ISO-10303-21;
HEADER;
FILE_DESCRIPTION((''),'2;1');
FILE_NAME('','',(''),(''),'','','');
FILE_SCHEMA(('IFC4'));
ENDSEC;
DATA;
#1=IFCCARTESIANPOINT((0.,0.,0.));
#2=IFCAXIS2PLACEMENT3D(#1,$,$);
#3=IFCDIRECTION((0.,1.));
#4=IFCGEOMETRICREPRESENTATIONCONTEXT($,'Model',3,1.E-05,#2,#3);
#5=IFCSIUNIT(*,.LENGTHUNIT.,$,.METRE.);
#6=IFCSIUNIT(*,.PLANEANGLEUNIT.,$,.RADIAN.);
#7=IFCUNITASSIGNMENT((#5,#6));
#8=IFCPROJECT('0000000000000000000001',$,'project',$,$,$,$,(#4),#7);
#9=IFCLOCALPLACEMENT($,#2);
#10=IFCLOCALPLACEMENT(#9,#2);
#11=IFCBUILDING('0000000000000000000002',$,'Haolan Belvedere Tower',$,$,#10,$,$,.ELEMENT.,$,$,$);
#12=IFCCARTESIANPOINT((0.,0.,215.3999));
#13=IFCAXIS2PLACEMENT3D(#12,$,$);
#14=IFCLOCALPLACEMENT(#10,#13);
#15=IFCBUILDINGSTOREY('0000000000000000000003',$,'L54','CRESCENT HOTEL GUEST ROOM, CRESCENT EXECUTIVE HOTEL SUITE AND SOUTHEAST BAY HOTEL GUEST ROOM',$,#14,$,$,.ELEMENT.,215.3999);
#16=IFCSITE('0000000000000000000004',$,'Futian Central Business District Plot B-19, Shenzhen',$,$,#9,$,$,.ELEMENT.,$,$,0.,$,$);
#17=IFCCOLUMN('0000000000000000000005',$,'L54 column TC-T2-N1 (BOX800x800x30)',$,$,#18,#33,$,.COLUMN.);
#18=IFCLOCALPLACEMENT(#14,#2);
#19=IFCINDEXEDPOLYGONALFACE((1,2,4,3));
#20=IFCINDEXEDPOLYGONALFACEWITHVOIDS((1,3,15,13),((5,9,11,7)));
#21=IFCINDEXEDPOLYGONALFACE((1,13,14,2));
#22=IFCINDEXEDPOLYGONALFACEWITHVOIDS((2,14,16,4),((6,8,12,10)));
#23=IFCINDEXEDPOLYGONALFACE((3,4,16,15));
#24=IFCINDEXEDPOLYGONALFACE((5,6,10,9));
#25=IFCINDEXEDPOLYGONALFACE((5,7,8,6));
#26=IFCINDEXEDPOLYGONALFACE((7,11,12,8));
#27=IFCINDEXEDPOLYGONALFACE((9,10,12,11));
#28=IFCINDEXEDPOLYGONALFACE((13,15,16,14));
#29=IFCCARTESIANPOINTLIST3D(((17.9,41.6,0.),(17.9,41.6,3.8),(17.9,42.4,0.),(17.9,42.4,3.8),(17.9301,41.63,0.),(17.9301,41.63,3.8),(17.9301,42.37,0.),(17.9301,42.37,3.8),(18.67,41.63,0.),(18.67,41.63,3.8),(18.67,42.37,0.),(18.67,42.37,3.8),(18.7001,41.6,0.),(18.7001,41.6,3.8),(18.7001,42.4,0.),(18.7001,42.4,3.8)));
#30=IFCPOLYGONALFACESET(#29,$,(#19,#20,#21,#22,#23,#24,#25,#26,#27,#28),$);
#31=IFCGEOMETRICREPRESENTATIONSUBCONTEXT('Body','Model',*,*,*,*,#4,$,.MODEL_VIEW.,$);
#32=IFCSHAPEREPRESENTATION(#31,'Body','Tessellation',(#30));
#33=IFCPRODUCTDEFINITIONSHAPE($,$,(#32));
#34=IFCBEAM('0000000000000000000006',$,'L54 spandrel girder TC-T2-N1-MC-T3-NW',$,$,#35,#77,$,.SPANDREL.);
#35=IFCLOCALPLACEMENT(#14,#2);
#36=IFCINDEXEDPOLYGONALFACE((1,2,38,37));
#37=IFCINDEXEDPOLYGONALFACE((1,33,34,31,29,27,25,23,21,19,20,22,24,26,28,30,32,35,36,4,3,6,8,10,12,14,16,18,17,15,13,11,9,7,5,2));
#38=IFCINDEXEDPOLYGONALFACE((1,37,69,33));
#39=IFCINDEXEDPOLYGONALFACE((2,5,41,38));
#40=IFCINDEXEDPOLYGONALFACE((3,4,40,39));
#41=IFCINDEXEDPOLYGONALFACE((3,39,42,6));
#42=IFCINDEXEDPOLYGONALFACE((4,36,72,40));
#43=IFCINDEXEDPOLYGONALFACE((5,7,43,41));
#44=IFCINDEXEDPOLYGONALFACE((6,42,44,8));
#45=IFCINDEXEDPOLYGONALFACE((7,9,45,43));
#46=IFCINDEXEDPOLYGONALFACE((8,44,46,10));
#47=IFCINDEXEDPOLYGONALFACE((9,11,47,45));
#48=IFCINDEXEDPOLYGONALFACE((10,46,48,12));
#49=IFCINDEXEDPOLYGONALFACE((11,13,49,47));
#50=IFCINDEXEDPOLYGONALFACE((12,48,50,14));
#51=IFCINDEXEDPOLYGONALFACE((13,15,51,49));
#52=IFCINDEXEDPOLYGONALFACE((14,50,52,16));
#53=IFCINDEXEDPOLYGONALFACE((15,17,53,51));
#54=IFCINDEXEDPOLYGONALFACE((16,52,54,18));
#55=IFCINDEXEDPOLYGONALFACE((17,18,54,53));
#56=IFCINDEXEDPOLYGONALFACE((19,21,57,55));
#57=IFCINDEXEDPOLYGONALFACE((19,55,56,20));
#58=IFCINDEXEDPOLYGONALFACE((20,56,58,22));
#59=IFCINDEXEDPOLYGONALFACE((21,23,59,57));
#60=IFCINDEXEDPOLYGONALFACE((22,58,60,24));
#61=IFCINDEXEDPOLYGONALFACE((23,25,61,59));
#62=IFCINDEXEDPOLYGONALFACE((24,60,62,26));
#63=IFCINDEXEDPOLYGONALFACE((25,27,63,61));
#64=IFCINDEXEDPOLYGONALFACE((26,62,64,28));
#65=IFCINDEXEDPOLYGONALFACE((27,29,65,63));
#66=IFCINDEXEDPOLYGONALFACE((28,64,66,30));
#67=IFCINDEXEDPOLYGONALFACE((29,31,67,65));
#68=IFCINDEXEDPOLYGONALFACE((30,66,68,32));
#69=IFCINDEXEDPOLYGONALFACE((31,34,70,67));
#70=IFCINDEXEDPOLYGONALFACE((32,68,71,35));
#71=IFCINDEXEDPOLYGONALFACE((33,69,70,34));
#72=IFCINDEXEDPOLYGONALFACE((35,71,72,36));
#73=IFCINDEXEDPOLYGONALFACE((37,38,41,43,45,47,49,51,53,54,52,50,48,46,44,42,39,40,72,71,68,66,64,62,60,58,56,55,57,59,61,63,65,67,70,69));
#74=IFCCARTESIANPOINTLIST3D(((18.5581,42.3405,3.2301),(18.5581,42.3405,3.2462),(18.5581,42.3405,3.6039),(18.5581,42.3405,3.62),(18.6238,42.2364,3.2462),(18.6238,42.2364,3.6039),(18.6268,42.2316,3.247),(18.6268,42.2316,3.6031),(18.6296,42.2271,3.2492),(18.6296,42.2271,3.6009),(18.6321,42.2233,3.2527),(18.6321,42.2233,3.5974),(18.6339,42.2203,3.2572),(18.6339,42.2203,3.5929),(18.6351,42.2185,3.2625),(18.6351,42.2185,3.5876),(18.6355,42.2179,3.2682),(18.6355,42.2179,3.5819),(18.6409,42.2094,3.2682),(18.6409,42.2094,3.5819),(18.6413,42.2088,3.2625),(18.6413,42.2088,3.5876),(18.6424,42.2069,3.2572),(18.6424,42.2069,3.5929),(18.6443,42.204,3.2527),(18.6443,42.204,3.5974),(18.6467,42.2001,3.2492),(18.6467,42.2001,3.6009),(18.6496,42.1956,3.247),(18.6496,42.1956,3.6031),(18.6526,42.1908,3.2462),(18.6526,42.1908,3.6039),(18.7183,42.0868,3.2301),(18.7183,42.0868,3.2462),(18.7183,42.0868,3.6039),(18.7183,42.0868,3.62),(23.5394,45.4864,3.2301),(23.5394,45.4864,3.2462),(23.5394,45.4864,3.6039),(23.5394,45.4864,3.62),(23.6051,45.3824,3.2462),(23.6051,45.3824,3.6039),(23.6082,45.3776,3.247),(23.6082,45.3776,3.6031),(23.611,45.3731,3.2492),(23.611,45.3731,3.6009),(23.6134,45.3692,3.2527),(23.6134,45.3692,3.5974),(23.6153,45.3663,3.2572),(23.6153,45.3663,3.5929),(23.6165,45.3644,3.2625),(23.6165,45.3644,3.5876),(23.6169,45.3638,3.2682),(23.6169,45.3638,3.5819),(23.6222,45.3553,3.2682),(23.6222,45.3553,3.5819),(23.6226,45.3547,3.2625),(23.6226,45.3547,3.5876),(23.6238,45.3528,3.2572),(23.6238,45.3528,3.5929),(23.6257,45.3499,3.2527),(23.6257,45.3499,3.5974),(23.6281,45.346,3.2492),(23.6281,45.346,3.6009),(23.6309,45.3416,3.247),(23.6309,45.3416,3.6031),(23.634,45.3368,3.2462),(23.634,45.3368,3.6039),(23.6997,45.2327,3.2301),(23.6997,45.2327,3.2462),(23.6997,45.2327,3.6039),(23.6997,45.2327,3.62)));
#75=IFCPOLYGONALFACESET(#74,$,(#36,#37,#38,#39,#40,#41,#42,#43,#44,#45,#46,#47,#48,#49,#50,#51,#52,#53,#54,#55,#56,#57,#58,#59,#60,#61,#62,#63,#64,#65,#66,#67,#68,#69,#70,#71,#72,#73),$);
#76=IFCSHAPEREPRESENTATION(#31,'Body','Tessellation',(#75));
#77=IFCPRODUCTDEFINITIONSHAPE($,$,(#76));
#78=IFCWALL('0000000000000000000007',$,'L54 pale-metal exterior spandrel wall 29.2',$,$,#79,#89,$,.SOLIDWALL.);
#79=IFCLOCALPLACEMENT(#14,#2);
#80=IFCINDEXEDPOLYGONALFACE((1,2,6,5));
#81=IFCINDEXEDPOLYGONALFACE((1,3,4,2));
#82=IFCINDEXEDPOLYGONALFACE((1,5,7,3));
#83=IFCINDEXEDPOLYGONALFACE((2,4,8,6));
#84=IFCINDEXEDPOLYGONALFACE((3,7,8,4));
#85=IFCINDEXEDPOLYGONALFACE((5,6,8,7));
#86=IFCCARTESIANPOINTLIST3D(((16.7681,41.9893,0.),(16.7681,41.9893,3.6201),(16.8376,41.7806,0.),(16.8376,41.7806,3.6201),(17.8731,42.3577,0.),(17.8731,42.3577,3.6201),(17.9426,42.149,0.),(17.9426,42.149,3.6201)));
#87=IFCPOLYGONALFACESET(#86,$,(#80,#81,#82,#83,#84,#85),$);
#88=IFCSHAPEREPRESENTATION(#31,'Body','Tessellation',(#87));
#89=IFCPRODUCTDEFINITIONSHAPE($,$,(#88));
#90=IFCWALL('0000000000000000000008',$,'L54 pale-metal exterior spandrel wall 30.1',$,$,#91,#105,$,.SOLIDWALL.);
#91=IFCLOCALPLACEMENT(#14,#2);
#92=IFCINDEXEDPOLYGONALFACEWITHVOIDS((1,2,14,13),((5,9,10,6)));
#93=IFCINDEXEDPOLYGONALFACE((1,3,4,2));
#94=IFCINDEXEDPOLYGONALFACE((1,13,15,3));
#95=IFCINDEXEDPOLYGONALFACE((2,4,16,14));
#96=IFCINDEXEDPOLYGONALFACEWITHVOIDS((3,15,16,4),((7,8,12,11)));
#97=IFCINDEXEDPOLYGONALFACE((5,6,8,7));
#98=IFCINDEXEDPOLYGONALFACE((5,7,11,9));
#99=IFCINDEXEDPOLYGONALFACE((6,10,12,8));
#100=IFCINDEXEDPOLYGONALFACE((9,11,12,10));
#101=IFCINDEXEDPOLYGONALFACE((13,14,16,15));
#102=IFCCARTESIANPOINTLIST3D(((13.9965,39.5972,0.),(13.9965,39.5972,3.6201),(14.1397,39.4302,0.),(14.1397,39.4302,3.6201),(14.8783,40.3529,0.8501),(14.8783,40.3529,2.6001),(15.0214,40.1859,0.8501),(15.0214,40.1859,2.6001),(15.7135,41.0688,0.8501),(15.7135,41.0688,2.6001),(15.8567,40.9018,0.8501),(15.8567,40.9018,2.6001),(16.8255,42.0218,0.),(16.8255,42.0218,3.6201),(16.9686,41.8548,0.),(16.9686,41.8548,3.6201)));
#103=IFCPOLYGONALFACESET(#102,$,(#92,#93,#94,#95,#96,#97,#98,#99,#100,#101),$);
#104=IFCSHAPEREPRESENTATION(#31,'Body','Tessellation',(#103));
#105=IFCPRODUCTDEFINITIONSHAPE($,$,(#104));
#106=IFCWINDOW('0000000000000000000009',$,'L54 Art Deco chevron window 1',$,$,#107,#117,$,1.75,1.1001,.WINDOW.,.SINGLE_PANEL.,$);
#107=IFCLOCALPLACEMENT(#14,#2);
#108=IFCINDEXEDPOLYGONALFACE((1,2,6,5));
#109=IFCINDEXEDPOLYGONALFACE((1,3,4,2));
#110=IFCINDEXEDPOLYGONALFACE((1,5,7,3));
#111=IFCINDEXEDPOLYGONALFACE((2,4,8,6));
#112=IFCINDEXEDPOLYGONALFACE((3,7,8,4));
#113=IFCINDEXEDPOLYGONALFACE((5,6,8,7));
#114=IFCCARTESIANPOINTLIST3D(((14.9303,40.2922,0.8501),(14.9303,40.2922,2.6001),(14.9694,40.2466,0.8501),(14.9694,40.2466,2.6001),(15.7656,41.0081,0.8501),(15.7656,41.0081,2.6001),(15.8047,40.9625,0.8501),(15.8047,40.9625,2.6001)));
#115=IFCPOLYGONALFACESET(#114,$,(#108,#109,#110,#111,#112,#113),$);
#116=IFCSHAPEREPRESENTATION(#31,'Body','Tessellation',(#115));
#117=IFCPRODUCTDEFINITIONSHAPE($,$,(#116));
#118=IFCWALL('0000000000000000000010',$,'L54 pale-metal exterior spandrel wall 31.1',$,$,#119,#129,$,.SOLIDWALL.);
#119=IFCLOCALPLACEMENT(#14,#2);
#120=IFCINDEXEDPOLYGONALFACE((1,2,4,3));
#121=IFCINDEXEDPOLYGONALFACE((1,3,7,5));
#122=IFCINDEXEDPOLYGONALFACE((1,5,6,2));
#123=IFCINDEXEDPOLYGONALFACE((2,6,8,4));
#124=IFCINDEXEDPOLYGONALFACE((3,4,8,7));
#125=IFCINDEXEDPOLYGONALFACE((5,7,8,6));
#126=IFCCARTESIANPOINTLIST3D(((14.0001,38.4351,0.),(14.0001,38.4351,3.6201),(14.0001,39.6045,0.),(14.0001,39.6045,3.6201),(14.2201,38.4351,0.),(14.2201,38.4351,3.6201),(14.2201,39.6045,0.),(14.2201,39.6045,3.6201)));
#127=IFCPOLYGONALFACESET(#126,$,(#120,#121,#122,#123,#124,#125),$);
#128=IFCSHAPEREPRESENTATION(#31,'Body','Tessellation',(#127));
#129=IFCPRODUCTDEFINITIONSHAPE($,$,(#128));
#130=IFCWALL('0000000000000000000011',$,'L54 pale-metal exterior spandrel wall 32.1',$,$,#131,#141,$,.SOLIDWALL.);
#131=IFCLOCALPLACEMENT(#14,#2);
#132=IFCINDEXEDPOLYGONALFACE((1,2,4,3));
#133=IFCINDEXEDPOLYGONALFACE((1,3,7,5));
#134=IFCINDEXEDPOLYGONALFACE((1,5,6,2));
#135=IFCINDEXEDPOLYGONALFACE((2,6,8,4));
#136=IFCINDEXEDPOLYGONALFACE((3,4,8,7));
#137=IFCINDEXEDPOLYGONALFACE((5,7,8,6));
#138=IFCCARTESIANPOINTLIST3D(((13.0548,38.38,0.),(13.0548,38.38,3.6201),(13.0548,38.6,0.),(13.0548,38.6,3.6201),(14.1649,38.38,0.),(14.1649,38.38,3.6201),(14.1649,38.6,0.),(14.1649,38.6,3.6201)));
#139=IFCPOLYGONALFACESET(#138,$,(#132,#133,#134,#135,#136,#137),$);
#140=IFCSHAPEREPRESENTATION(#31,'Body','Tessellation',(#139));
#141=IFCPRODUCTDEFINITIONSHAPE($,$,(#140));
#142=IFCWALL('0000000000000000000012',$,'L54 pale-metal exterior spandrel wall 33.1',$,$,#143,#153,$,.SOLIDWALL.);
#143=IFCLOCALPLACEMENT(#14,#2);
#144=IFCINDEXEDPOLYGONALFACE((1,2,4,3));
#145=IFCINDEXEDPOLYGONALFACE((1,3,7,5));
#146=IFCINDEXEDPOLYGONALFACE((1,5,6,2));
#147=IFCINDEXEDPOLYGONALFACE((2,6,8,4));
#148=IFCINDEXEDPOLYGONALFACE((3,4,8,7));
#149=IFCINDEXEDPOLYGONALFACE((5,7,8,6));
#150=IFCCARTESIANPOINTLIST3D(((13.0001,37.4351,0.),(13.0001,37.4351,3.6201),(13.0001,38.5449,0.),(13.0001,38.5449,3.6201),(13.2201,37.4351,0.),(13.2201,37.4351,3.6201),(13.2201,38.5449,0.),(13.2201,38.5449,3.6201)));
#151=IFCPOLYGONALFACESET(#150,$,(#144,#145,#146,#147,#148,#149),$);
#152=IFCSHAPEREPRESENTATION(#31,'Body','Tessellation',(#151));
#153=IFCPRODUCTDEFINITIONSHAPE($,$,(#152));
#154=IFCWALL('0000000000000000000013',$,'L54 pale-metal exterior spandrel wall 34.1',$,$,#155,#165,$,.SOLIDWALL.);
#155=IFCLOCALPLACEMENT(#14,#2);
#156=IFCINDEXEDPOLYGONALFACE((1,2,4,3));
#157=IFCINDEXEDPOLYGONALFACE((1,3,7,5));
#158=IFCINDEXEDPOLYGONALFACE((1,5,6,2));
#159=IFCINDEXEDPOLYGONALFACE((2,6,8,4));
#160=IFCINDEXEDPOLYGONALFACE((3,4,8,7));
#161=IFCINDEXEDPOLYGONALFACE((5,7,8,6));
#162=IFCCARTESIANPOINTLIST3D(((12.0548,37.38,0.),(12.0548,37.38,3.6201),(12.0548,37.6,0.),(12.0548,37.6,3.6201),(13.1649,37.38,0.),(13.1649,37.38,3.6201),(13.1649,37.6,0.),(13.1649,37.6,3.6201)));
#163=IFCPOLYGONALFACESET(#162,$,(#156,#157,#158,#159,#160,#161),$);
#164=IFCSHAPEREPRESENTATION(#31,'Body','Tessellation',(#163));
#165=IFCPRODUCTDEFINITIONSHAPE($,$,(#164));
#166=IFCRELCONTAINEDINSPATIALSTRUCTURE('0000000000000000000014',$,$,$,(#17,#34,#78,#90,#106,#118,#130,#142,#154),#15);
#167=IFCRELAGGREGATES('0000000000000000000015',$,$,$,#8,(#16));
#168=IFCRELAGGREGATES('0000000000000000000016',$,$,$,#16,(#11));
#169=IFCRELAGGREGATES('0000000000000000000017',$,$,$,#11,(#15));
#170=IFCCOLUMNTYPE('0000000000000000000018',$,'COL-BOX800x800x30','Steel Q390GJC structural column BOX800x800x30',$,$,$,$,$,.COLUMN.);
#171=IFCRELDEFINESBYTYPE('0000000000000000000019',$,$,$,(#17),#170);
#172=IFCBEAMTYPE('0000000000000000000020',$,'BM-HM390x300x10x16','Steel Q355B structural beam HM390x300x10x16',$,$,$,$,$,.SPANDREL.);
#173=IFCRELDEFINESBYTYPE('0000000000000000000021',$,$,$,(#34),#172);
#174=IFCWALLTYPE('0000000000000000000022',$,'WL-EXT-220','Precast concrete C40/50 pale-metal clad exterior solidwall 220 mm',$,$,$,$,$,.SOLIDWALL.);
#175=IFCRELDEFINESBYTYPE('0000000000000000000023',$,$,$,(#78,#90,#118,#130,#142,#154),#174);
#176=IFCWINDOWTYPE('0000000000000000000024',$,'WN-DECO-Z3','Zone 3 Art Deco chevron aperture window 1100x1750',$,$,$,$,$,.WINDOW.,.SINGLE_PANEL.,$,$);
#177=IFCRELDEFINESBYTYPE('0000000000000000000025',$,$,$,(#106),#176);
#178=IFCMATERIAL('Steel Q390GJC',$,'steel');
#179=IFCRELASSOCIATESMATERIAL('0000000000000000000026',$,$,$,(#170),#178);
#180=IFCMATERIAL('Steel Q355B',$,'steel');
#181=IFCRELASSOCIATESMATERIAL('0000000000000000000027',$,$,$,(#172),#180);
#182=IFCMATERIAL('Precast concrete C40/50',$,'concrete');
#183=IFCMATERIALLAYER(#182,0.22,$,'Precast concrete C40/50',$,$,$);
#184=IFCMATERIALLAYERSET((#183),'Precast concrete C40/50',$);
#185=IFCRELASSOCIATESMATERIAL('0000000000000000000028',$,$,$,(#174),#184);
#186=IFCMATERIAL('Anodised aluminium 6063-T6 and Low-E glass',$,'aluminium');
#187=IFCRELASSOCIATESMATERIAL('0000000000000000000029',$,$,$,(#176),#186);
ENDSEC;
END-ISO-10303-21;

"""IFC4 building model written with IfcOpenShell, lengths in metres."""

from ifc_helpers import new_model, si_unit, direction, frame, frame_2d, origin, origin_2d, place, context, subcontext, project, spatial, rectangle, hollow_rectangle, i_section, extrude, material, layer, layer_set, material_profile, profile_set, type_object, element, fill, save


model = new_model("IFC4")

# Units and contexts
model_context = context("Model", 3, precision=1e-05, world=origin(), true_north=direction((0.0, 1.0)))
body_context = subcontext(model_context, "Body", "Model", "MODEL_VIEW")
ifc_project = project(units=[si_unit("LENGTHUNIT", "METRE"), si_unit("PLANEANGLEUNIT", "RADIAN")], contexts=[model_context])

# Site, building, storey
site_placement = place(None, origin())
site = spatial("IfcSite", under=ifc_project, at=site_placement, Name="Futian Central Business District Plot B-19, Shenzhen", CompositionType="ELEMENT", RefElevation=0.0)
building_placement = place(site_placement, origin())
building = spatial("IfcBuilding", under=site, at=building_placement, Name="Haolan Belvedere Tower", CompositionType="ELEMENT")
storey_placement = place(building_placement, frame((0.0, 0.0, 215.3999)))
storey = spatial("IfcBuildingStorey", under=building, at=storey_placement, Name="L54", Description="CRESCENT HOTEL GUEST ROOM, CRESCENT EXECUTIVE HOTEL SUITE AND SOUTHEAST BAY HOTEL GUEST ROOM", CompositionType="ELEMENT", Elevation=215.3999)

# Column
ifc_material_1 = material(Name="Steel Q390GJC", Category="steel")
ifc_material_profile_1 = material_profile(ifc_material_1, hollow_rectangle(XDim=0.8, YDim=0.8, WallThickness=0.03, at=origin_2d()), Name="Steel Q390GJC")
ifc_profile_set_1 = profile_set([ifc_material_profile_1], Name="Steel Q390GJC")
column_type = type_object("IfcColumnType", Name="COL-BOX800x800x30", Description="Steel Q390GJC structural column BOX800x800x30", PredefinedType="COLUMN", material=ifc_profile_set_1)
column_placement = place(storey_placement, frame((18.3, 42.0, 0.0), z_axis=(0.0, 0.0, 1.0), x_axis=(1.0, 0.0, 0.0)))
element("IfcColumn", 1, at=column_placement, inside=storey, type_object=column_type, Name="L54 column TC-T2-N1 (BOX800x800x30)", PredefinedType="COLUMN", context=body_context, shape_type="SweptSolid", body=[
    extrude(hollow_rectangle(XDim=0.8, YDim=0.8, WallThickness=0.03, at=origin_2d()), origin(), (0.0, 0.0, 1.0), 3.8),
])

# Beam
ifc_material_2 = material(Name="Steel Q355B", Category="steel")
ifc_material_profile_2 = material_profile(ifc_material_2, i_section(OverallWidth=0.3, OverallDepth=0.3899, WebThickness=0.01, FlangeThickness=0.0161, FilletRadius=0.022, at=origin_2d()), Name="Steel Q355B")
ifc_profile_set_2 = profile_set([ifc_material_profile_2], Name="Steel Q355B")
beam_type = type_object("IfcBeamType", Name="BM-HM390x300x10x16", Description="Steel Q355B structural beam HM390x300x10x16", PredefinedType="SPANDREL", material=ifc_profile_set_2)
beam_placement = place(storey_placement, frame((18.6382, 42.2136, 3.425), z_axis=(0.845503, 0.533971, 0.0), x_axis=(-0.533971, 0.845503, 0.0)))
element("IfcBeam", 2, at=beam_placement, inside=storey, type_object=beam_type, Name="L54 spandrel girder TC-T2-N1-MC-T3-NW", PredefinedType="SPANDREL", context=body_context, shape_type="SweptSolid", body=[
    extrude(i_section(OverallWidth=0.3, OverallDepth=0.3899, WebThickness=0.01, FlangeThickness=0.0161, FilletRadius=0.022, at=origin_2d()), origin(), (0.0, 0.0, 1.0), 5.8916),
])

# Wall
ifc_material_3 = material(Name="Precast concrete C40/50", Category="concrete")
ifc_layer_1 = layer(ifc_material_3, 0.22, Name="Precast concrete C40/50")
ifc_layer_set_1 = layer_set([ifc_layer_1], Name="Precast concrete C40/50")
wall_type_1 = type_object("IfcWallType", Name="WL-EXT-220", Description="Precast concrete C40/50 pale-metal clad exterior solidwall 220 mm", PredefinedType="SOLIDWALL", material=ifc_layer_set_1)
wall_1_placement = place(storey_placement, frame((17.908, 42.2534, 0.0), z_axis=(0.0, 0.0, 1.0), x_axis=(-0.948662, -0.316291, 0.0)))
element("IfcWall", 3, at=wall_1_placement, inside=storey, type_object=wall_type_1, Name="L54 pale-metal exterior spandrel wall 29.2", PredefinedType="SOLIDWALL", context=body_context, shape_type="SweptSolid", body=[
    extrude(rectangle(XDim=1.1648, YDim=0.22, at=frame_2d((0.5825, 0.0))), origin(), (0.0, 0.0, 1.0), 3.6201),
])

# Wall, opening, window
wall_2_placement = place(storey_placement, frame((16.897, 41.9382, 0.0), z_axis=(0.0, 0.0, 1.0), x_axis=(-0.75928, -0.650764, 0.0)))
wall_2 = element("IfcWall", 4, at=wall_2_placement, inside=storey, type_object=wall_type_1, Name="L54 pale-metal exterior spandrel wall 30.1", PredefinedType="SOLIDWALL", context=body_context, shape_type="SweptSolid", body=[
    extrude(rectangle(XDim=3.7258, YDim=0.22, at=frame_2d((1.8628, 0.0))), origin(), (0.0, 0.0, 1.0), 3.6201),
])
opening_1_placement = place(wall_2_placement, frame((1.4644, 0.0, 0.8501)))
opening_1 = element("IfcOpeningElement", 5, at=opening_1_placement, cuts=wall_2, PredefinedType="OPENING", context=body_context, shape_type="SweptSolid", body=[
    extrude(rectangle(XDim=1.1001, YDim=1.75, at=frame_2d((0.55, 0.875))), frame((0.0, 0.1199, 0.0), z_axis=(0.0, -1.0, 0.0), x_axis=(1.0, 0.0, 0.0)), (0.0, 0.0, 1.0), 0.24),
])
ifc_material_4 = material(Name="Anodised aluminium 6063-T6 and Low-E glass", Category="aluminium")
window_type = type_object("IfcWindowType", Name="WN-DECO-Z3", Description="Zone 3 Art Deco chevron aperture window 1100x1750", PartitioningType="SINGLE_PANEL", PredefinedType="WINDOW", material=ifc_material_4)
window_1_placement = place(opening_1_placement, origin())
window_1 = element("IfcWindow", 6, at=window_1_placement, inside=storey, type_object=window_type, Name="L54 Art Deco chevron window 1", OverallHeight=1.75, OverallWidth=1.1001, PartitioningType="SINGLE_PANEL", PredefinedType="WINDOW", context=body_context, shape_type="SweptSolid", body=[
    extrude(rectangle(XDim=1.1001, YDim=1.75, at=frame_2d((0.55, 0.875))), frame((0.0, 0.03, 0.0), z_axis=(0.0, -1.0, 0.0), x_axis=(1.0, 0.0, 0.0)), (0.0, 0.0, 1.0), 0.0601),
])
fill(opening_1, window_1)

# Walls
wall_3_placement = place(storey_placement, frame((14.1101, 39.6045, 0.0), z_axis=(0.0, 0.0, 1.0), x_axis=(0.0, -1.0, 0.0)))
element("IfcWall", 7, at=wall_3_placement, inside=storey, type_object=wall_type_1, Name="L54 pale-metal exterior spandrel wall 31.1", PredefinedType="SOLIDWALL", context=body_context, shape_type="SweptSolid", body=[
    extrude(rectangle(XDim=1.1694, YDim=0.22, at=frame_2d((0.5847, 0.0))), origin(), (0.0, 0.0, 1.0), 3.6201),
])
wall_4_placement = place(storey_placement, frame((14.165, 38.49, 0.0), z_axis=(0.0, 0.0, 1.0), x_axis=(-1.0, 0.0, 0.0)))
element("IfcWall", 8, at=wall_4_placement, inside=storey, type_object=wall_type_1, Name="L54 pale-metal exterior spandrel wall 32.1", PredefinedType="SOLIDWALL", context=body_context, shape_type="SweptSolid", body=[
    extrude(rectangle(XDim=1.1101, YDim=0.22, at=frame_2d((0.5552, 0.0))), origin(), (0.0, 0.0, 1.0), 3.6201),
])
wall_5_placement = place(storey_placement, frame((13.1101, 38.5449, 0.0), z_axis=(0.0, 0.0, 1.0), x_axis=(0.0, -1.0, 0.0)))
element("IfcWall", 9, at=wall_5_placement, inside=storey, type_object=wall_type_1, Name="L54 pale-metal exterior spandrel wall 33.1", PredefinedType="SOLIDWALL", context=body_context, shape_type="SweptSolid", body=[
    extrude(rectangle(XDim=1.1099, YDim=0.22, at=frame_2d((0.5549, 0.0))), origin(), (0.0, 0.0, 1.0), 3.6201),
])
wall_6_placement = place(storey_placement, frame((13.165, 37.49, 0.0), z_axis=(0.0, 0.0, 1.0), x_axis=(-1.0, 0.0, 0.0)))
element("IfcWall", 10, at=wall_6_placement, inside=storey, type_object=wall_type_1, Name="L54 pale-metal exterior spandrel wall 34.1", PredefinedType="SOLIDWALL", context=body_context, shape_type="SweptSolid", body=[
    extrude(rectangle(XDim=1.1101, YDim=0.22, at=frame_2d((0.5552, 0.0))), origin(), (0.0, 0.0, 1.0), 3.6201),
])

save(model, "model.ifc")
